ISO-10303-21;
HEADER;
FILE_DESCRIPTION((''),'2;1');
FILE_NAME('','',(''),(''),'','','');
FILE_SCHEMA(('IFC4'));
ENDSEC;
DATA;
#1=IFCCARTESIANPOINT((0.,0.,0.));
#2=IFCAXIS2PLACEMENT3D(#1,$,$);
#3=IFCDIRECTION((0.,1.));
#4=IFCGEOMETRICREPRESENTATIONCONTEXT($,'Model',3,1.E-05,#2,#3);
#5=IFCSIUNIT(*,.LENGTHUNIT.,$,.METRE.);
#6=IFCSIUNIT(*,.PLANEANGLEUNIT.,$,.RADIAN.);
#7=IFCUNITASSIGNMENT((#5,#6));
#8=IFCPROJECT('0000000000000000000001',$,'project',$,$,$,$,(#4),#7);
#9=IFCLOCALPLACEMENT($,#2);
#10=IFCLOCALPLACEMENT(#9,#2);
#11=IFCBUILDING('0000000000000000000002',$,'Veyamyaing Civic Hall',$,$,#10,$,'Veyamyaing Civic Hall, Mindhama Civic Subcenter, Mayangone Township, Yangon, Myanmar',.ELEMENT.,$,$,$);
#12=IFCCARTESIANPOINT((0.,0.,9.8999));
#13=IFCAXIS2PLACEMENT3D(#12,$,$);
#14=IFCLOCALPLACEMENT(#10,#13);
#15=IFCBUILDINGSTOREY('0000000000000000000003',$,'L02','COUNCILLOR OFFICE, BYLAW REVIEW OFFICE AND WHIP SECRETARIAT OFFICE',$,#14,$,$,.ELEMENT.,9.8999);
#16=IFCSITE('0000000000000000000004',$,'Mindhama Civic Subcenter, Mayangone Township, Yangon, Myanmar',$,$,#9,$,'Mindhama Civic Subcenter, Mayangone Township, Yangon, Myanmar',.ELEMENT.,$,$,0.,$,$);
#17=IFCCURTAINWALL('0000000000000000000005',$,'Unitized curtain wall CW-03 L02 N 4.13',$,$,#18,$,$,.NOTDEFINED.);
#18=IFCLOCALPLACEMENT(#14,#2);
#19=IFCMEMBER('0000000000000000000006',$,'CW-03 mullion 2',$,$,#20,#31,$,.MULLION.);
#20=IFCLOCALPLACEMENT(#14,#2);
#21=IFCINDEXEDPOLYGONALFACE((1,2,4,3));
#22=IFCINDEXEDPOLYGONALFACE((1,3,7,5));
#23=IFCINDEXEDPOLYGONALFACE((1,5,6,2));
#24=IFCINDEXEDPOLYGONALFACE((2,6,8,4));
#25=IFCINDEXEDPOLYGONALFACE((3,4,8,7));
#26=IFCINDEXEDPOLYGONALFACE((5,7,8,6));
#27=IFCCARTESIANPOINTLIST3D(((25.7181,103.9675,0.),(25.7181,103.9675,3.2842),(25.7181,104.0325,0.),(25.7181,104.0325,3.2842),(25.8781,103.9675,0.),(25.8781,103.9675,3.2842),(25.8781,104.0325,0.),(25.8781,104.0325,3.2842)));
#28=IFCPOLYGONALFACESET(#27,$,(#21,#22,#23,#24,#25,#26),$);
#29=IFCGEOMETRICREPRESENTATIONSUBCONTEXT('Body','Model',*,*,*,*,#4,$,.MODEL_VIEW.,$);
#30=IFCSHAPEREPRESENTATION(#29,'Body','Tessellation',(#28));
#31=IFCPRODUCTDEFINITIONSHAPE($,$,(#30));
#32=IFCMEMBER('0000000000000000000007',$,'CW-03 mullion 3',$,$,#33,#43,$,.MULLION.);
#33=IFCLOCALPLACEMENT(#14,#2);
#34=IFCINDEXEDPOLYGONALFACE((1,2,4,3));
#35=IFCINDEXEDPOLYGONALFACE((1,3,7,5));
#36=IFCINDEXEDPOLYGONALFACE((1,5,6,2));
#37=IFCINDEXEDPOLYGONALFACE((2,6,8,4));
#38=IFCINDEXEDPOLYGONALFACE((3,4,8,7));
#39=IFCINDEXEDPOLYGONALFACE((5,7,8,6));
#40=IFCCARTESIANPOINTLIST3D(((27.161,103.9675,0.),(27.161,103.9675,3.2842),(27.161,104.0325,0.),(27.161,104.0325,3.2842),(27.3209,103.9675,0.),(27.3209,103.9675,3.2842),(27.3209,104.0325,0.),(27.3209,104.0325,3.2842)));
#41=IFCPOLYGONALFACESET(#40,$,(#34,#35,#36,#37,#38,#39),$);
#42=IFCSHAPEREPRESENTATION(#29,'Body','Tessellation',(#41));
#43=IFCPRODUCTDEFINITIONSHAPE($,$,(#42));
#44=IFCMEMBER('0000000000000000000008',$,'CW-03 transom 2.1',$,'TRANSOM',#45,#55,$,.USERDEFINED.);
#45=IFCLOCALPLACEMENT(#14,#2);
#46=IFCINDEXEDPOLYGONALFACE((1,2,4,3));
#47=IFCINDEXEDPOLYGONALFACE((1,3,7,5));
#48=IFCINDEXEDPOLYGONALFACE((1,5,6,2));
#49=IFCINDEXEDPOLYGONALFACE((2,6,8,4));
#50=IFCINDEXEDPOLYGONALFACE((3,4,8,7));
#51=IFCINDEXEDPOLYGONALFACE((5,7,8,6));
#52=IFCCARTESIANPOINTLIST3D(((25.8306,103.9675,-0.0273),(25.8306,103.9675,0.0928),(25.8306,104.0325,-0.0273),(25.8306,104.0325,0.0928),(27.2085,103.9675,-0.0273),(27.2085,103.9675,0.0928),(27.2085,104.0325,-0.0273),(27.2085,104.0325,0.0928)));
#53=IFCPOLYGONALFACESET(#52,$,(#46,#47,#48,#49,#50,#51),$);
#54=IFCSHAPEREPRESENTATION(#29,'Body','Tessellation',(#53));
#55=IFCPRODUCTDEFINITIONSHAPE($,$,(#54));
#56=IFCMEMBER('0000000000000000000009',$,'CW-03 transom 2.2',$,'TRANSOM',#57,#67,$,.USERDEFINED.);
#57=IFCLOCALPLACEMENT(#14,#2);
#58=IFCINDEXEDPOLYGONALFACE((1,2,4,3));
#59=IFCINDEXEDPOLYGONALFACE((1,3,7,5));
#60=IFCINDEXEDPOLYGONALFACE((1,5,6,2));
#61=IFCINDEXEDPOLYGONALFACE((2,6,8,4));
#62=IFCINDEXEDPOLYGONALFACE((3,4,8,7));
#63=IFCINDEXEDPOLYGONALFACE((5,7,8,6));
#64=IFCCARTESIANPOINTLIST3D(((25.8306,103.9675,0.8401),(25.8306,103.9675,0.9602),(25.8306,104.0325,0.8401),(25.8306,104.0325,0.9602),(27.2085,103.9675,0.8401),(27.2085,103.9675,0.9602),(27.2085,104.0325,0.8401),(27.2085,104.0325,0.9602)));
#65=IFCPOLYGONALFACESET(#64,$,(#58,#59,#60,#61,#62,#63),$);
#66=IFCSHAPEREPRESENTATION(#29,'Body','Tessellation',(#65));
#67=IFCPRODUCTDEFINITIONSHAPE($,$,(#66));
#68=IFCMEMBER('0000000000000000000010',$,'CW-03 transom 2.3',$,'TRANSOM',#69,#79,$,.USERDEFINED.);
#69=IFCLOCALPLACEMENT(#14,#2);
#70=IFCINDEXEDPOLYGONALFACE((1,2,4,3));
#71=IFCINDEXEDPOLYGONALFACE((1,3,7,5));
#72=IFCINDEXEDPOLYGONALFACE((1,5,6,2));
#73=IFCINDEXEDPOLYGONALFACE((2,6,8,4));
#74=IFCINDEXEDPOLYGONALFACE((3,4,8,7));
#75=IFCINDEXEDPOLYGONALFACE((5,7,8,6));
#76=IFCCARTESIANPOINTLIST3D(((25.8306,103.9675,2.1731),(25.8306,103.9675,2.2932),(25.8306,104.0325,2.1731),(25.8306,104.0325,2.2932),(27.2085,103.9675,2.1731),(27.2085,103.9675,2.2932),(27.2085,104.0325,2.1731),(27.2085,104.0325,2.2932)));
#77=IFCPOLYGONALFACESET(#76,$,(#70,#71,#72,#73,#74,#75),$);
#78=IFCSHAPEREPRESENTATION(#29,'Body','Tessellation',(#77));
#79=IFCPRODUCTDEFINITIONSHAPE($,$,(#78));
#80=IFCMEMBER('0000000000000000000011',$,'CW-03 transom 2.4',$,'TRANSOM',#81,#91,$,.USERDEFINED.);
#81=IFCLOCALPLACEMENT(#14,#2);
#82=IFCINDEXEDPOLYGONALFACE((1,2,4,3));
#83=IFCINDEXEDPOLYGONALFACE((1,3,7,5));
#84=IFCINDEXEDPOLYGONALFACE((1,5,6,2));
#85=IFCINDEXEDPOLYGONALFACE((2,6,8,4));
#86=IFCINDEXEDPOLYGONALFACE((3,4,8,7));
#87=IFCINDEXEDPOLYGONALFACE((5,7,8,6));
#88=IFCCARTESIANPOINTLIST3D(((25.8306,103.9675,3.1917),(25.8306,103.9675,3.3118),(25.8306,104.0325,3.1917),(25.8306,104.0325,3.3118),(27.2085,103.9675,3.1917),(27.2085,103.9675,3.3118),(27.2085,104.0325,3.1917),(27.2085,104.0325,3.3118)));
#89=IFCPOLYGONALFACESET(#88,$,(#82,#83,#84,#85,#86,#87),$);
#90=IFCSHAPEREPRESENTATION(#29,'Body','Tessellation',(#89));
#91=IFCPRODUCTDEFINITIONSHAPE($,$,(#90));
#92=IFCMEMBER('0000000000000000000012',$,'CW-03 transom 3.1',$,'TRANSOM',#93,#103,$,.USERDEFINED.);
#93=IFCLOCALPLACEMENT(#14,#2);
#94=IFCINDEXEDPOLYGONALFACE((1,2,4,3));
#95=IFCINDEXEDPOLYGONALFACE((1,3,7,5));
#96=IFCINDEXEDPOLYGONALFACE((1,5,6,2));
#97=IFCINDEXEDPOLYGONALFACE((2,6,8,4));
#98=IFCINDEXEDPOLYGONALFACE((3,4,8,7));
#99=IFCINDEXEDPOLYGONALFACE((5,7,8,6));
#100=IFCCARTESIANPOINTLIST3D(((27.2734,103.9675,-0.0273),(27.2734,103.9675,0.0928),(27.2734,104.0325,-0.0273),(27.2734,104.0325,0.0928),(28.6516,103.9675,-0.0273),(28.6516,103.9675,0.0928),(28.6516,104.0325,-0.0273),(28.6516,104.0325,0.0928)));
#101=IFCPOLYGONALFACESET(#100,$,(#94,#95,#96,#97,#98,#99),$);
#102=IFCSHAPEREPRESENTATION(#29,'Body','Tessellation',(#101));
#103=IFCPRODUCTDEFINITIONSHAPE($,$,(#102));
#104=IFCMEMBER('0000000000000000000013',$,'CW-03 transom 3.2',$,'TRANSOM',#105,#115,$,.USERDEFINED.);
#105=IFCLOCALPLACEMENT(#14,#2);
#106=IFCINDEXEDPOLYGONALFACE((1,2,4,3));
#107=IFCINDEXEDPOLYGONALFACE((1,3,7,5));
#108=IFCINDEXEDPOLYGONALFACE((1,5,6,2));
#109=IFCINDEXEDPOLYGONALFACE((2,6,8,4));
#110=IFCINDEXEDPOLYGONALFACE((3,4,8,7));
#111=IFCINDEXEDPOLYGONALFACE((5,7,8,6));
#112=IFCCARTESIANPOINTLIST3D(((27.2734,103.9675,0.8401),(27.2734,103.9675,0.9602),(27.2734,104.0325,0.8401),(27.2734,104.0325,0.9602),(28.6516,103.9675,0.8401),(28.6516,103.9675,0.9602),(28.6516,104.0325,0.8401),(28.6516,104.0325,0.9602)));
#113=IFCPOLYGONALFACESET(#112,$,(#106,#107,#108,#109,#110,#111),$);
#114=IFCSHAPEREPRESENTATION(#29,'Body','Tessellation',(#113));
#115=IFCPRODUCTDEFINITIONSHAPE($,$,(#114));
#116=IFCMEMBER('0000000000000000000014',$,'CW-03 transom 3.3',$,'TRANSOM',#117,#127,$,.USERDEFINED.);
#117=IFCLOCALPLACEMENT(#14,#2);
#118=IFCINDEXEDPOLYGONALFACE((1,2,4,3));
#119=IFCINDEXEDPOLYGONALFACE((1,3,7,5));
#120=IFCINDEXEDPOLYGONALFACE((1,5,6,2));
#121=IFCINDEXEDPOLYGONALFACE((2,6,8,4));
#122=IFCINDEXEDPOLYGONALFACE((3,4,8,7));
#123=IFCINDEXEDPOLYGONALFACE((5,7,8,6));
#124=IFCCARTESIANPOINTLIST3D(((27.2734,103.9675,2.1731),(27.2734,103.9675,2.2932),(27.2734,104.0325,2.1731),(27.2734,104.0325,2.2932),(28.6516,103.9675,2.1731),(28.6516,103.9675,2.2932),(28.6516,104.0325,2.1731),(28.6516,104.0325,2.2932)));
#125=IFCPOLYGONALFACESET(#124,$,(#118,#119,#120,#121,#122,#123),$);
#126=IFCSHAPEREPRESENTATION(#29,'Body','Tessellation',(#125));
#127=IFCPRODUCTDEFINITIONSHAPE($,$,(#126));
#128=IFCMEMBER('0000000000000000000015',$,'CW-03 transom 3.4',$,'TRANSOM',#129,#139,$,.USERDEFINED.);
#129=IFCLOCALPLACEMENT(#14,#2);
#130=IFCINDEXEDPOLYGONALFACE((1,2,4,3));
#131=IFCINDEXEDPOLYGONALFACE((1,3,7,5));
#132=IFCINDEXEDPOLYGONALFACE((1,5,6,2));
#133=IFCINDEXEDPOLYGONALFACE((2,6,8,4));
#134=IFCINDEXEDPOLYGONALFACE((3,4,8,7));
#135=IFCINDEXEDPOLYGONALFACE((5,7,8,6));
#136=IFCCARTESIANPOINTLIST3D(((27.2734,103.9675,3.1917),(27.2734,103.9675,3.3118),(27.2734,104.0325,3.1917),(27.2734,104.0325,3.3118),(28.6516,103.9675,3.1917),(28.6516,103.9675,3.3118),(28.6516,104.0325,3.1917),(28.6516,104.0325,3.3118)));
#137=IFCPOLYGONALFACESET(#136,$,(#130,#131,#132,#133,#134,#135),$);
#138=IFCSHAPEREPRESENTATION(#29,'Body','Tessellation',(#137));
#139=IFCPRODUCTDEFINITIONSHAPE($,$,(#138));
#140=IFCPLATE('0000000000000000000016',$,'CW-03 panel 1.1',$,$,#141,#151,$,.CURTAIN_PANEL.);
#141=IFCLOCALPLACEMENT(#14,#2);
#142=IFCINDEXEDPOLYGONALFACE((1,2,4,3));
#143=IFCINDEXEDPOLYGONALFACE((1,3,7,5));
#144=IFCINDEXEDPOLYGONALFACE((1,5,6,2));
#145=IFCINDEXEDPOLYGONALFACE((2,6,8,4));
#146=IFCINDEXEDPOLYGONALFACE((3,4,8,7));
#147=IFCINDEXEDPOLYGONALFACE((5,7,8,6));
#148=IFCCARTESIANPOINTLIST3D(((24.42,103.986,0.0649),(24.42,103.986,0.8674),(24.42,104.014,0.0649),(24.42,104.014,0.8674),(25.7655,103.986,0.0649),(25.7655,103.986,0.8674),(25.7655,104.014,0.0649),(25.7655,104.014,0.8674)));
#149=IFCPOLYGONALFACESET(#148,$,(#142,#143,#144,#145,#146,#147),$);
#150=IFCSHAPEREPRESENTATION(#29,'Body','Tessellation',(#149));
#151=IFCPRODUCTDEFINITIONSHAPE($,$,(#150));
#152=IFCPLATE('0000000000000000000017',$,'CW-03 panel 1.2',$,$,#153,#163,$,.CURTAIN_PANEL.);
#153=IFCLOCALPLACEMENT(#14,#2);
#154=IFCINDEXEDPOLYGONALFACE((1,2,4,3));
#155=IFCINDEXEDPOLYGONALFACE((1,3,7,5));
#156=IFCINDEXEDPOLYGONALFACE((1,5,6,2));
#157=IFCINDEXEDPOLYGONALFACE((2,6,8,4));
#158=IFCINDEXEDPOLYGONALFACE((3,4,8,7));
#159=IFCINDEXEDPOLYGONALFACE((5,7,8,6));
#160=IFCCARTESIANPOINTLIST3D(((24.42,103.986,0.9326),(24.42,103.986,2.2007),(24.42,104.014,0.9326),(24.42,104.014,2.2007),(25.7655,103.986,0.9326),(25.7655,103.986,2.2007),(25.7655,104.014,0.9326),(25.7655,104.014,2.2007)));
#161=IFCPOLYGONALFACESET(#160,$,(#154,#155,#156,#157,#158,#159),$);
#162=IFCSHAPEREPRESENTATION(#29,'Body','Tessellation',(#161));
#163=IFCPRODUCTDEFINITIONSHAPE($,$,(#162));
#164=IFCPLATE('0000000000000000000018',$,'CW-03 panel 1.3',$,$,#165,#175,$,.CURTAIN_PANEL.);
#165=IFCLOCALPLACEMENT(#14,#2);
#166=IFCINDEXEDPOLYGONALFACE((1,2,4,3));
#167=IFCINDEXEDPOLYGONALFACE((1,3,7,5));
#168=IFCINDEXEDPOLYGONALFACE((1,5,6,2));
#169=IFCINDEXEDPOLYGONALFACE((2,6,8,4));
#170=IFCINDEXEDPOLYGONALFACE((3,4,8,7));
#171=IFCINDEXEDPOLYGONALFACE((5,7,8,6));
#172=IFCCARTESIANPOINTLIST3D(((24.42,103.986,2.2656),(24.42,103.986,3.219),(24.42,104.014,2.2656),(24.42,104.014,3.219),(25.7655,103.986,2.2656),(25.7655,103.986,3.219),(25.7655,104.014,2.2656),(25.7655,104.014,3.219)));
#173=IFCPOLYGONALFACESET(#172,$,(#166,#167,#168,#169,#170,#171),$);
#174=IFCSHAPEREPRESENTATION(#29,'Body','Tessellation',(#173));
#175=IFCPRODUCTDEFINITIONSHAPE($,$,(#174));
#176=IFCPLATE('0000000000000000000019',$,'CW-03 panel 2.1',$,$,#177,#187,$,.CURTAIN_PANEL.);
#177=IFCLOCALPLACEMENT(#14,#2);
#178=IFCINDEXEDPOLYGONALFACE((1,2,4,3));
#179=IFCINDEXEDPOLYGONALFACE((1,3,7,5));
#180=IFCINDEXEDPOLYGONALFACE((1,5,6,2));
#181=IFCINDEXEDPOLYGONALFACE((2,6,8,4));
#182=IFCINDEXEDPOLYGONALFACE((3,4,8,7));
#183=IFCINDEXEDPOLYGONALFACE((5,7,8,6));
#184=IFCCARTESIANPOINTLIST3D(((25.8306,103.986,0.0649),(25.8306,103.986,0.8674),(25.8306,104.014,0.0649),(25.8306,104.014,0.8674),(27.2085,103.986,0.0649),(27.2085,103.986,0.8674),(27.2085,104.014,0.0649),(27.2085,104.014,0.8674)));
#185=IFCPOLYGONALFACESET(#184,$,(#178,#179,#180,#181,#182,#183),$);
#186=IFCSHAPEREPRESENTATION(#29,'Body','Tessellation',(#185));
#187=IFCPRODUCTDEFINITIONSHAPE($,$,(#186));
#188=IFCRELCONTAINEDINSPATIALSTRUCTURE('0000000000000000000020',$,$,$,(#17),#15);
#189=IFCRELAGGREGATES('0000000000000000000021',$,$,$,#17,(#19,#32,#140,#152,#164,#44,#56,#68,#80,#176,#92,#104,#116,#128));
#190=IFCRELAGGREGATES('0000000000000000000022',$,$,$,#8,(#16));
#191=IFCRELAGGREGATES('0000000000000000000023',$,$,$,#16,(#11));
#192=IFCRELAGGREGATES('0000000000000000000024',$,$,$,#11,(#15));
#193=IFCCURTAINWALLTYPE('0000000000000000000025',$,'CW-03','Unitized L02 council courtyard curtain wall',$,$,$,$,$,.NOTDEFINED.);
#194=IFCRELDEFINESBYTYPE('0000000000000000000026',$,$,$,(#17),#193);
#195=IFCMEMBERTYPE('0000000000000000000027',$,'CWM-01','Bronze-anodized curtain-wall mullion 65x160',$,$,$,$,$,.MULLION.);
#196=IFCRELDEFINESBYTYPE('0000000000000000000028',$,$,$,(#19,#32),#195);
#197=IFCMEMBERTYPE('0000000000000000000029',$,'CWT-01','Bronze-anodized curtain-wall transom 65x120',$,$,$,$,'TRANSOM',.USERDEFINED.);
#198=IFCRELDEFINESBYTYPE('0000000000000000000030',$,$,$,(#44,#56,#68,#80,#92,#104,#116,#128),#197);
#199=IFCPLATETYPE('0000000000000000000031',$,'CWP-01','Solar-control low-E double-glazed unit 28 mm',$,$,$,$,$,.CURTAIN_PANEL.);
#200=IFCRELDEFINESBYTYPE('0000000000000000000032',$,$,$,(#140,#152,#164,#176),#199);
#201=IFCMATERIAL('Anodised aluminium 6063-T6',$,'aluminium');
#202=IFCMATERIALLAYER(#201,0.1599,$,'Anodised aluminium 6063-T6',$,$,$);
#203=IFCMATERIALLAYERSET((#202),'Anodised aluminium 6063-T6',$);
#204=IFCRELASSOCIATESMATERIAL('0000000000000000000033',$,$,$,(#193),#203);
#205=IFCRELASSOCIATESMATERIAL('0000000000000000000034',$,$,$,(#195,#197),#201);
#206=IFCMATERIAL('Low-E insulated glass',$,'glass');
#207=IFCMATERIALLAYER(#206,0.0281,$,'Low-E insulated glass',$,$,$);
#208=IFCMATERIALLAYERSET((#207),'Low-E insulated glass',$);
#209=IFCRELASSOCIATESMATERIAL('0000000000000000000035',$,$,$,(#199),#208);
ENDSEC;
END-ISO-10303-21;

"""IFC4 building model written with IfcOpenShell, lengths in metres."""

from ifc_helpers import new_model, si_unit, direction, frame, origin, origin_2d, place, context, subcontext, project, spatial, rectangle, extrude, material, layer, layer_set, material_profile, profile_set, type_object, element, aggregate, save


model = new_model("IFC4")

# Units and contexts
model_context = context("Model", 3, precision=1e-05, world=origin(), true_north=direction((0.0, 1.0)))
body_context = subcontext(model_context, "Body", "Model", "MODEL_VIEW")
ifc_project = project(units=[si_unit("LENGTHUNIT", "METRE"), si_unit("PLANEANGLEUNIT", "RADIAN")], contexts=[model_context])

# Site, building, storey
site_placement = place(None, origin())
site = spatial("IfcSite", under=ifc_project, at=site_placement, Name="Mindhama Civic Subcenter, Mayangone Township, Yangon, Myanmar", LongName="Mindhama Civic Subcenter, Mayangone Township, Yangon, Myanmar", CompositionType="ELEMENT", RefElevation=0.0)
building_placement = place(site_placement, origin())
building = spatial("IfcBuilding", under=site, at=building_placement, Name="Veyamyaing Civic Hall", LongName="Veyamyaing Civic Hall, Mindhama Civic Subcenter, Mayangone Township, Yangon, Myanmar", CompositionType="ELEMENT")
storey_placement = place(building_placement, frame((0.0, 0.0, 9.8999)))
storey = spatial("IfcBuildingStorey", under=building, at=storey_placement, Name="L02", Description="COUNCILLOR OFFICE, BYLAW REVIEW OFFICE AND WHIP SECRETARIAT OFFICE", CompositionType="ELEMENT", Elevation=9.8999)

# Curtain wall, members, plates
ifc_material_1 = material(Name="Anodised aluminium 6063-T6", Category="aluminium")
ifc_layer_1 = layer(ifc_material_1, 0.1599, Name="Anodised aluminium 6063-T6")
ifc_layer_set_1 = layer_set([ifc_layer_1], Name="Anodised aluminium 6063-T6")
curtain_wall_type = type_object("IfcCurtainWallType", Name="CW-03", Description="Unitized L02 council courtyard curtain wall", PredefinedType="NOTDEFINED", material=ifc_layer_set_1)
curtain_wall_placement = place(storey_placement, origin())
curtain_wall = element("IfcCurtainWall", 1, at=curtain_wall_placement, inside=storey, type_object=curtain_wall_type, Name="Unitized curtain wall CW-03 L02 N 4.13", PredefinedType="NOTDEFINED")
ifc_material_profile_1 = material_profile(ifc_material_1, rectangle(XDim=0.0649, YDim=0.1599, at=origin_2d()), Name="ALU-MUL-65X160")
ifc_profile_set_1 = profile_set([ifc_material_profile_1], Name="Anodised aluminium 6063-T6")
member_type_1 = type_object("IfcMemberType", Name="CWM-01", Description="Bronze-anodized curtain-wall mullion 65x160", PredefinedType="MULLION", material=ifc_profile_set_1)
member_1_placement = place(storey_placement, frame((25.7981, 104.0, 0.0), z_axis=(0.0, 0.0, 1.0), x_axis=(0.0, 1.0, 0.0)))
member_1 = element("IfcMember", 2, at=member_1_placement, type_object=member_type_1, Name="CW-03 mullion 2", PredefinedType="MULLION", context=body_context, shape_type="SweptSolid", body=[
    extrude(rectangle(XDim=0.0649, YDim=0.1599, at=origin_2d()), origin(), (0.0, 0.0, 1.0), 3.2842),
])
member_2_placement = place(storey_placement, frame((27.241, 104.0, 0.0), z_axis=(0.0, 0.0, 1.0), x_axis=(0.0, 1.0, 0.0)))
member_2 = element("IfcMember", 3, at=member_2_placement, type_object=member_type_1, Name="CW-03 mullion 3", PredefinedType="MULLION", context=body_context, shape_type="SweptSolid", body=[
    extrude(rectangle(XDim=0.0649, YDim=0.1599, at=origin_2d()), origin(), (0.0, 0.0, 1.0), 3.2842),
])
ifc_material_profile_2 = material_profile(ifc_material_1, rectangle(XDim=0.0649, YDim=0.1201, at=origin_2d()), Name="ALU-TRN-65X120")
ifc_profile_set_2 = profile_set([ifc_material_profile_2], Name="Anodised aluminium 6063-T6")
member_type_2 = type_object("IfcMemberType", Name="CWT-01", Description="Bronze-anodized curtain-wall transom 65x120", ElementType="TRANSOM", PredefinedType="USERDEFINED", material=ifc_profile_set_2)
member_3_placement = place(storey_placement, frame((25.8306, 104.0, 0.0327), z_axis=(1.0, 0.0, 0.0), x_axis=(0.0, 1.0, 0.0)))
member_3 = element("IfcMember", 4, at=member_3_placement, type_object=member_type_2, Name="CW-03 transom 2.1", ObjectType="TRANSOM", PredefinedType="USERDEFINED", context=body_context, shape_type="SweptSolid", body=[
    extrude(rectangle(XDim=0.0649, YDim=0.1201, at=origin_2d()), origin(), (0.0, 0.0, 1.0), 1.3779),
])
member_4_placement = place(storey_placement, frame((25.8306, 104.0, 0.9001), z_axis=(1.0, 0.0, 0.0), x_axis=(0.0, 1.0, 0.0)))
member_4 = element("IfcMember", 5, at=member_4_placement, type_object=member_type_2, Name="CW-03 transom 2.2", ObjectType="TRANSOM", PredefinedType="USERDEFINED", context=body_context, shape_type="SweptSolid", body=[
    extrude(rectangle(XDim=0.0649, YDim=0.1201, at=origin_2d()), origin(), (0.0, 0.0, 1.0), 1.3779),
])
member_5_placement = place(storey_placement, frame((25.8306, 104.0, 2.2332), z_axis=(1.0, 0.0, 0.0), x_axis=(0.0, 1.0, 0.0)))
member_5 = element("IfcMember", 6, at=member_5_placement, type_object=member_type_2, Name="CW-03 transom 2.3", ObjectType="TRANSOM", PredefinedType="USERDEFINED", context=body_context, shape_type="SweptSolid", body=[
    extrude(rectangle(XDim=0.0649, YDim=0.1201, at=origin_2d()), origin(), (0.0, 0.0, 1.0), 1.3779),
])
member_6_placement = place(storey_placement, frame((25.8306, 104.0, 3.2517), z_axis=(1.0, 0.0, 0.0), x_axis=(0.0, 1.0, 0.0)))
member_6 = element("IfcMember", 7, at=member_6_placement, type_object=member_type_2, Name="CW-03 transom 2.4", ObjectType="TRANSOM", PredefinedType="USERDEFINED", context=body_context, shape_type="SweptSolid", body=[
    extrude(rectangle(XDim=0.0649, YDim=0.1201, at=origin_2d()), origin(), (0.0, 0.0, 1.0), 1.3779),
])
member_7_placement = place(storey_placement, frame((27.2734, 104.0, 0.0327), z_axis=(1.0, 0.0, 0.0), x_axis=(0.0, 1.0, 0.0)))
member_7 = element("IfcMember", 8, at=member_7_placement, type_object=member_type_2, Name="CW-03 transom 3.1", ObjectType="TRANSOM", PredefinedType="USERDEFINED", context=body_context, shape_type="SweptSolid", body=[
    extrude(rectangle(XDim=0.0649, YDim=0.1201, at=origin_2d()), origin(), (0.0, 0.0, 1.0), 1.3782),
])
member_8_placement = place(storey_placement, frame((27.2734, 104.0, 0.9001), z_axis=(1.0, 0.0, 0.0), x_axis=(0.0, 1.0, 0.0)))
member_8 = element("IfcMember", 9, at=member_8_placement, type_object=member_type_2, Name="CW-03 transom 3.2", ObjectType="TRANSOM", PredefinedType="USERDEFINED", context=body_context, shape_type="SweptSolid", body=[
    extrude(rectangle(XDim=0.0649, YDim=0.1201, at=origin_2d()), origin(), (0.0, 0.0, 1.0), 1.3782),
])
member_9_placement = place(storey_placement, frame((27.2734, 104.0, 2.2332), z_axis=(1.0, 0.0, 0.0), x_axis=(0.0, 1.0, 0.0)))
member_9 = element("IfcMember", 10, at=member_9_placement, type_object=member_type_2, Name="CW-03 transom 3.3", ObjectType="TRANSOM", PredefinedType="USERDEFINED", context=body_context, shape_type="SweptSolid", body=[
    extrude(rectangle(XDim=0.0649, YDim=0.1201, at=origin_2d()), origin(), (0.0, 0.0, 1.0), 1.3782),
])
member_10_placement = place(storey_placement, frame((27.2734, 104.0, 3.2517), z_axis=(1.0, 0.0, 0.0), x_axis=(0.0, 1.0, 0.0)))
member_10 = element("IfcMember", 11, at=member_10_placement, type_object=member_type_2, Name="CW-03 transom 3.4", ObjectType="TRANSOM", PredefinedType="USERDEFINED", context=body_context, shape_type="SweptSolid", body=[
    extrude(rectangle(XDim=0.0649, YDim=0.1201, at=origin_2d()), origin(), (0.0, 0.0, 1.0), 1.3782),
])
ifc_material_2 = material(Name="Low-E insulated glass", Category="glass")
ifc_layer_2 = layer(ifc_material_2, 0.0281, Name="Low-E insulated glass")
ifc_layer_set_2 = layer_set([ifc_layer_2], Name="Low-E insulated glass")
plate_type = type_object("IfcPlateType", Name="CWP-01", Description="Solar-control low-E double-glazed unit 28 mm", PredefinedType="CURTAIN_PANEL", material=ifc_layer_set_2)
plate_1_placement = place(storey_placement, frame((25.0928, 104.0, 0.0649), z_axis=(0.0, 0.0, 1.0), x_axis=(1.0, 0.0, 0.0)))
plate_1 = element("IfcPlate", 12, at=plate_1_placement, type_object=plate_type, Name="CW-03 panel 1.1", PredefinedType="CURTAIN_PANEL", context=body_context, shape_type="SweptSolid", body=[
    extrude(rectangle(XDim=1.3455, YDim=0.0281, at=origin_2d()), origin(), (0.0, 0.0, 1.0), 0.8025),
])
plate_2_placement = place(storey_placement, frame((25.0928, 104.0, 0.9326), z_axis=(0.0, 0.0, 1.0), x_axis=(1.0, 0.0, 0.0)))
plate_2 = element("IfcPlate", 13, at=plate_2_placement, type_object=plate_type, Name="CW-03 panel 1.2", PredefinedType="CURTAIN_PANEL", context=body_context, shape_type="SweptSolid", body=[
    extrude(rectangle(XDim=1.3455, YDim=0.0281, at=origin_2d()), origin(), (0.0, 0.0, 1.0), 1.2681),
])
plate_3_placement = place(storey_placement, frame((25.0928, 104.0, 2.2656), z_axis=(0.0, 0.0, 1.0), x_axis=(1.0, 0.0, 0.0)))
plate_3 = element("IfcPlate", 14, at=plate_3_placement, type_object=plate_type, Name="CW-03 panel 1.3", PredefinedType="CURTAIN_PANEL", context=body_context, shape_type="SweptSolid", body=[
    extrude(rectangle(XDim=1.3455, YDim=0.0281, at=origin_2d()), origin(), (0.0, 0.0, 1.0), 0.9534),
])
plate_4_placement = place(storey_placement, frame((26.5195, 104.0, 0.0649), z_axis=(0.0, 0.0, 1.0), x_axis=(1.0, 0.0, 0.0)))
plate_4 = element("IfcPlate", 15, at=plate_4_placement, type_object=plate_type, Name="CW-03 panel 2.1", PredefinedType="CURTAIN_PANEL", context=body_context, shape_type="SweptSolid", body=[
    extrude(rectangle(XDim=1.3779, YDim=0.0281, at=origin_2d()), origin(), (0.0, 0.0, 1.0), 0.8025),
])
aggregate(curtain_wall, [member_1, member_2, plate_1, plate_2, plate_3, member_3, member_4, member_5, member_6, plate_4, member_7, member_8, member_9, member_10])

save(model, "model.ifc")
